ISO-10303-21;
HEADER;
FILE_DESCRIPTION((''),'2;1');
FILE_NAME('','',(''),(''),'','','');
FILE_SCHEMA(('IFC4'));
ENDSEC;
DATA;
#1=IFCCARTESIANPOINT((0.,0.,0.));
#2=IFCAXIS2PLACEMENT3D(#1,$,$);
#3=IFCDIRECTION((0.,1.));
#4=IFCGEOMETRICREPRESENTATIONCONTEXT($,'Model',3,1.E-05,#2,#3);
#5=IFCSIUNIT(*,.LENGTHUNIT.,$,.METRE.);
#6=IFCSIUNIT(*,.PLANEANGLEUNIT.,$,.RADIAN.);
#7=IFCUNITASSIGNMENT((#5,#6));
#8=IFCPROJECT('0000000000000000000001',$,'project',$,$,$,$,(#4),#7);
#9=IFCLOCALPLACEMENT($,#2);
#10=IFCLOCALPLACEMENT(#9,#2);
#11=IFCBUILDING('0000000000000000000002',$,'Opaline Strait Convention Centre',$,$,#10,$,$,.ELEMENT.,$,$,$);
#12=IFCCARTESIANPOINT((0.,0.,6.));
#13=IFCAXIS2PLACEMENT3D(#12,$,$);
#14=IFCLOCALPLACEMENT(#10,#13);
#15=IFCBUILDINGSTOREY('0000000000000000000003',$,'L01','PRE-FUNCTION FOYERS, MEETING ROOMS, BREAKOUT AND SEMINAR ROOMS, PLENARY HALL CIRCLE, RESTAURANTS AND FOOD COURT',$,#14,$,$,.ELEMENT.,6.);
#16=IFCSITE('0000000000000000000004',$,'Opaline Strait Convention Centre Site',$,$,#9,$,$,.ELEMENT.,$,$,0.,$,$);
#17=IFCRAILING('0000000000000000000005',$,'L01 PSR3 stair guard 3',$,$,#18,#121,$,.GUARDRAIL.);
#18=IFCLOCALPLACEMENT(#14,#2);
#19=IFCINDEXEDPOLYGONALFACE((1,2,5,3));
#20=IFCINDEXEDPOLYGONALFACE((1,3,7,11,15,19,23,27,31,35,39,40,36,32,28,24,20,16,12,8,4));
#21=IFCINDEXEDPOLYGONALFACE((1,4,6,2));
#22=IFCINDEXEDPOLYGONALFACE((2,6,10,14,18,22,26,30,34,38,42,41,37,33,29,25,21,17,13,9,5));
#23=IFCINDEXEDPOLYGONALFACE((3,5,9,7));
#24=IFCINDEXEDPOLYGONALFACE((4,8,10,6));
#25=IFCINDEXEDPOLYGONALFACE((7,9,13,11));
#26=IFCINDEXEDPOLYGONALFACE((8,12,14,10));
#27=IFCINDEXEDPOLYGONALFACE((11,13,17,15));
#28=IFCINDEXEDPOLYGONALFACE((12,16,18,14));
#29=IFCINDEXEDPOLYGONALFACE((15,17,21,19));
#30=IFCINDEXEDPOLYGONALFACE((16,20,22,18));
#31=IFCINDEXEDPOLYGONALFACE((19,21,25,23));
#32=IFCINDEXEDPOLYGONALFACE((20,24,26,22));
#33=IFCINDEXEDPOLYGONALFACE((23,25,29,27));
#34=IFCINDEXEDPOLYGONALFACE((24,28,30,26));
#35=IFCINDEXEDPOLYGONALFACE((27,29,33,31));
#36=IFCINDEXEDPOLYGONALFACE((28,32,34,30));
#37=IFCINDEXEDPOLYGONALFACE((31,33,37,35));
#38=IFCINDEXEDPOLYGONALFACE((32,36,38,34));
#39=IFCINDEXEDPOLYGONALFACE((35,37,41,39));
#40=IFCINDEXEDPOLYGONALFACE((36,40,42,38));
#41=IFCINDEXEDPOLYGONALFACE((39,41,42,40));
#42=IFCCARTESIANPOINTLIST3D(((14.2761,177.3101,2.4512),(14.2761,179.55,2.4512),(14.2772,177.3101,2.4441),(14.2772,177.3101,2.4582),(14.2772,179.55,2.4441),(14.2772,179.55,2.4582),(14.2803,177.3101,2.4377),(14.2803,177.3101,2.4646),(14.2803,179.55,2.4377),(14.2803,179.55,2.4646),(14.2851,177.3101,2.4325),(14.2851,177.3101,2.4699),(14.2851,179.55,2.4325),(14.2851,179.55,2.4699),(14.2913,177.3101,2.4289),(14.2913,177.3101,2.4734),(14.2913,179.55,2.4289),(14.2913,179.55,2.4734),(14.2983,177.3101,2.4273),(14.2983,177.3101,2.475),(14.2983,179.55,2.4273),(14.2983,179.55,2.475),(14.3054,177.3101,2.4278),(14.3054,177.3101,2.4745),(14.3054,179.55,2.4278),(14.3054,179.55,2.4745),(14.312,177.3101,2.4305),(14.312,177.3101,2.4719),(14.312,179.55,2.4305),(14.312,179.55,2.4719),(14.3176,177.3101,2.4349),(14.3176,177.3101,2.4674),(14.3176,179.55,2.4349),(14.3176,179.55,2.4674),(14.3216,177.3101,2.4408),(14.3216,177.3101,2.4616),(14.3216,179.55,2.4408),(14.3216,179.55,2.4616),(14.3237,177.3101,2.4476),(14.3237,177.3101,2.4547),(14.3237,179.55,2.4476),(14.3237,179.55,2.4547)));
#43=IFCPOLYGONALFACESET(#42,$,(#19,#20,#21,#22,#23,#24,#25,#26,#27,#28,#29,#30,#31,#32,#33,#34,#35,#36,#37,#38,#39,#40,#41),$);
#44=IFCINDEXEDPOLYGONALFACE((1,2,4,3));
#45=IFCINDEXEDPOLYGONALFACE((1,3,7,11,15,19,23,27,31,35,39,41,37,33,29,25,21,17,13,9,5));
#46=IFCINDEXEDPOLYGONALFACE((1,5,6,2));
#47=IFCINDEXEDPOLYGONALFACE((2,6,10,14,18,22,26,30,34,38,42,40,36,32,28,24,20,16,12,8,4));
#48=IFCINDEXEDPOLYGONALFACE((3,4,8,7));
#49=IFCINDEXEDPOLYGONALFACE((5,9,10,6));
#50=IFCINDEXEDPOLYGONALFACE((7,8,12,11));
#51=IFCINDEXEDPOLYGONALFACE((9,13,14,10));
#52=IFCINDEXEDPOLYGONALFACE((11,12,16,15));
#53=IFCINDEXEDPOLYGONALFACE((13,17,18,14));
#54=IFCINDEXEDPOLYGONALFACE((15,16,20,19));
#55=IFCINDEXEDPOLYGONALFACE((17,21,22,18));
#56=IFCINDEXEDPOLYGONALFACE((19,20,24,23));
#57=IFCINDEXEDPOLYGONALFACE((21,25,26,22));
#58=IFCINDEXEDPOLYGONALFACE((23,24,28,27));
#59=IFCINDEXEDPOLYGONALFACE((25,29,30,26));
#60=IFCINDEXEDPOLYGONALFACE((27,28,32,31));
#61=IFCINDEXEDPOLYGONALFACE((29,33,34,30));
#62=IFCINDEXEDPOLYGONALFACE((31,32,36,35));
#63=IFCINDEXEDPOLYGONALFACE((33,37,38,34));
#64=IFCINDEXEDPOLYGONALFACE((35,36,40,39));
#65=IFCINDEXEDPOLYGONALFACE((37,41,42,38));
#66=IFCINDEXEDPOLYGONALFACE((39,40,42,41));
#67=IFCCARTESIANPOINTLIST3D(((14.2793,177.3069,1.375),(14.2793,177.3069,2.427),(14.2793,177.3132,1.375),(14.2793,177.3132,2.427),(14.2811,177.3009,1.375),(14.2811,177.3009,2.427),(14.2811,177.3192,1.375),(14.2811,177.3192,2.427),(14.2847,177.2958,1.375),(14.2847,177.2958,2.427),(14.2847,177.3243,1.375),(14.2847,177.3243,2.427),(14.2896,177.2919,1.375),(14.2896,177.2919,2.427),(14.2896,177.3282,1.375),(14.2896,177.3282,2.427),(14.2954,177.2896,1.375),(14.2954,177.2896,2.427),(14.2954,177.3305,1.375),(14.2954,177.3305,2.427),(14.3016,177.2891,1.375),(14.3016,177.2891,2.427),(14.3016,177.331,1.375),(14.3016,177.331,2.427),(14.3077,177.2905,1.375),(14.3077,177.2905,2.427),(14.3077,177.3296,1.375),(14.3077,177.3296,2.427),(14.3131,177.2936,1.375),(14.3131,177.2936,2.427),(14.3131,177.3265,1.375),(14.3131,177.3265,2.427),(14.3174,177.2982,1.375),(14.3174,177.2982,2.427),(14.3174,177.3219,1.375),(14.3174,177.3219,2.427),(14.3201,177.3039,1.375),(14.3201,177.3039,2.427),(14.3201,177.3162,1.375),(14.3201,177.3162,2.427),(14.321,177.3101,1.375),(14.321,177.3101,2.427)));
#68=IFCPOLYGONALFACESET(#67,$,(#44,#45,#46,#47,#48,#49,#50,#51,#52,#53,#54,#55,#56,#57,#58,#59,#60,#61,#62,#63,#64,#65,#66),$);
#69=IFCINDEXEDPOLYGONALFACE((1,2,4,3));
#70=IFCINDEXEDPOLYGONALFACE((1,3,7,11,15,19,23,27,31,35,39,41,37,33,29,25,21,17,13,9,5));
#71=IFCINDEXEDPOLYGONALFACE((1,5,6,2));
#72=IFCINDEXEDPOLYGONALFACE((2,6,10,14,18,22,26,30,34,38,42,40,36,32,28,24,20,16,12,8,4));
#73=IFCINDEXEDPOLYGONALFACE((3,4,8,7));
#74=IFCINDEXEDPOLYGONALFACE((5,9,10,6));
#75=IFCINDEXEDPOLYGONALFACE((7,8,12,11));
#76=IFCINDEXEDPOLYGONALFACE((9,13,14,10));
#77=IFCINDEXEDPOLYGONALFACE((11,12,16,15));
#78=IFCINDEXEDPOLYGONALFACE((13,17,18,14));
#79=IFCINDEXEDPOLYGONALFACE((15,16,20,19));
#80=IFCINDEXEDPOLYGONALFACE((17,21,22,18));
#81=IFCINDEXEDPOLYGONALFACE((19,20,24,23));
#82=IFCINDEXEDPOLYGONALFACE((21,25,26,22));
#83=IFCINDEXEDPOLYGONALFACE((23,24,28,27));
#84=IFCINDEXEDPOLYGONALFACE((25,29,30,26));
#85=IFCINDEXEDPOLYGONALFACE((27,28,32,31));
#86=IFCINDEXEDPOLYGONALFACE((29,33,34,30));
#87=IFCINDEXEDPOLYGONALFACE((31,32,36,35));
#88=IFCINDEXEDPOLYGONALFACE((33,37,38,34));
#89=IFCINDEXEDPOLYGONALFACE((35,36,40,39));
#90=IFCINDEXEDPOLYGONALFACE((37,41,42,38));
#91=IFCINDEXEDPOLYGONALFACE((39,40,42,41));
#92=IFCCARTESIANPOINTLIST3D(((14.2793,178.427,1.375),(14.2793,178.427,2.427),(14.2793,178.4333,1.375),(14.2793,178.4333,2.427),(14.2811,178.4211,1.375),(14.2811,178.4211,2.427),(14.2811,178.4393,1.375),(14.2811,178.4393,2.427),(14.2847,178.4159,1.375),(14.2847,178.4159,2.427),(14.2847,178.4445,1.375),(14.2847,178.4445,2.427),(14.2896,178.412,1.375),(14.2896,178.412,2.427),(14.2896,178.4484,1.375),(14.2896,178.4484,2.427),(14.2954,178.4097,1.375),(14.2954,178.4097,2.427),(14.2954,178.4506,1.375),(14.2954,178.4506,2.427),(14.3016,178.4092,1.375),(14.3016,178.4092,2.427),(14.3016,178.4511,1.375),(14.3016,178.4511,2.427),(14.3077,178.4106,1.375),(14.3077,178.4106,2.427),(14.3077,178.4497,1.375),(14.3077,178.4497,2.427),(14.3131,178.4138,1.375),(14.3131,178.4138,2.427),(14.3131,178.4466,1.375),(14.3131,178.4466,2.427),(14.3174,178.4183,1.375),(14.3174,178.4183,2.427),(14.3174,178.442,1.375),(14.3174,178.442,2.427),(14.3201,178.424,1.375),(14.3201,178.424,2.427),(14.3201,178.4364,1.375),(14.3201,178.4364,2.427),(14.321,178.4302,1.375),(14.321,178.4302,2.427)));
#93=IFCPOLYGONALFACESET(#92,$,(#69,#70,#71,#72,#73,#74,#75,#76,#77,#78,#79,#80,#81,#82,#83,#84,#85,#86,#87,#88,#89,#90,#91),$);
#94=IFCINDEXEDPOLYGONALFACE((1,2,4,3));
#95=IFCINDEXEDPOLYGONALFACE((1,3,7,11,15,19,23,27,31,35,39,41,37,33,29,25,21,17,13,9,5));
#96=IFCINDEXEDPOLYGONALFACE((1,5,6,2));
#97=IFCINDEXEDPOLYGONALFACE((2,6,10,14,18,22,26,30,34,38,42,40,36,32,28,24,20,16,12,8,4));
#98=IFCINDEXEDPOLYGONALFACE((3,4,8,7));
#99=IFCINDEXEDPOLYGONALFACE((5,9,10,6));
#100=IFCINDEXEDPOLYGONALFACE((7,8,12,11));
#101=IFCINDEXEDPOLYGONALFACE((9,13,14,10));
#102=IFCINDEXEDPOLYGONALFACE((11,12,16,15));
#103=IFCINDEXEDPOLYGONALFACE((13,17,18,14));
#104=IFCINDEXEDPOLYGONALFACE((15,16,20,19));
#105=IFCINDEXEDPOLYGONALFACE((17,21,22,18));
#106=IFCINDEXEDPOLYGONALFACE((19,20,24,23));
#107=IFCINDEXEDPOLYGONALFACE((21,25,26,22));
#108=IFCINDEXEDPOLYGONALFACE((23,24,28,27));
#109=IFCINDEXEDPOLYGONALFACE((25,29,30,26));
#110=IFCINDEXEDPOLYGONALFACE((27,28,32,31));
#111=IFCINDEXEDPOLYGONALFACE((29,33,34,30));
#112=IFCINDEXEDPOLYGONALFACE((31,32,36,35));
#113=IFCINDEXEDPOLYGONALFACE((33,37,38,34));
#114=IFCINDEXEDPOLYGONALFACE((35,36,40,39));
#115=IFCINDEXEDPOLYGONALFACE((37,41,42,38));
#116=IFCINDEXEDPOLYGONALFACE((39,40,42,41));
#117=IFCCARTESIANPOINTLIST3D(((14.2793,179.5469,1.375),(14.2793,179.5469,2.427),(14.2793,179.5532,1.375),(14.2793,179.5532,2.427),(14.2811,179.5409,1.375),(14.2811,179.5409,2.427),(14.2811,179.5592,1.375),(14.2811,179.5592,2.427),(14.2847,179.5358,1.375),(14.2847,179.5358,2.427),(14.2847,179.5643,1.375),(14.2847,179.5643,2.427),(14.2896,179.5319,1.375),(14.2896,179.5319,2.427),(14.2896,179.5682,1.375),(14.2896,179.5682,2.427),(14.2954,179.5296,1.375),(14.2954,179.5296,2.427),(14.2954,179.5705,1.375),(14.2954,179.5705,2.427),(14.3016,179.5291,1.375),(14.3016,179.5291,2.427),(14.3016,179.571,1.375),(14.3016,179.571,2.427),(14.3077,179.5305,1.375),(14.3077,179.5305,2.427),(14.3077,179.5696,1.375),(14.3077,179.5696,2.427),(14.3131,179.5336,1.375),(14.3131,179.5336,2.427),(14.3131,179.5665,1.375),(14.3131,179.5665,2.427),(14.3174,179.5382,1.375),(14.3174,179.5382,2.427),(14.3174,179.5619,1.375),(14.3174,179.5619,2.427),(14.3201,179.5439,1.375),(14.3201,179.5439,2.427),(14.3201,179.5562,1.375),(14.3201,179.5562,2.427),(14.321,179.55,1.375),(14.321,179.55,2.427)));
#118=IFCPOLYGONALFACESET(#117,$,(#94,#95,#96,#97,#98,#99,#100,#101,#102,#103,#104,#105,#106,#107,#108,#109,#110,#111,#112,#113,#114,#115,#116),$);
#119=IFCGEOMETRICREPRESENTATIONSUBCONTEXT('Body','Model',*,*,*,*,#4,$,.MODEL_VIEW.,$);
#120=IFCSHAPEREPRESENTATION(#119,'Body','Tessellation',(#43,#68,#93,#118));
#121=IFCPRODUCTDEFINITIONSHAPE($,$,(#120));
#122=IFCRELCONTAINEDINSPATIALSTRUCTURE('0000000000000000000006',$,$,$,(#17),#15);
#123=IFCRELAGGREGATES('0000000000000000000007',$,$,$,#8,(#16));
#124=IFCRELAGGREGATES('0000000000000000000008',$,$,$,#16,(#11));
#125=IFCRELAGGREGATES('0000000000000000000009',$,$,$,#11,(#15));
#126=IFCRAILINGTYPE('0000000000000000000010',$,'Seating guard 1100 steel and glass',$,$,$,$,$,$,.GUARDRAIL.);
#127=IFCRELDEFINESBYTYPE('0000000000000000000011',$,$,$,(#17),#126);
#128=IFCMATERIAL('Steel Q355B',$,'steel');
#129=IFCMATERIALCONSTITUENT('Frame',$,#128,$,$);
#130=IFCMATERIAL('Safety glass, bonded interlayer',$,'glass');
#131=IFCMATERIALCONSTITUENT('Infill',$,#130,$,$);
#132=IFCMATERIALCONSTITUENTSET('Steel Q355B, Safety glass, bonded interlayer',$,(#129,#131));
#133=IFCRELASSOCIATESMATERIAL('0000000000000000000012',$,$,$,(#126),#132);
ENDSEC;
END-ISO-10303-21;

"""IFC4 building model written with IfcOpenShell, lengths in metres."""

from ifc_helpers import new_model, si_unit, direction, frame, origin, origin_2d, place, context, subcontext, project, spatial, circle, extrude, material, constituent, constituent_set, type_object, element, save


model = new_model("IFC4")

# Units and contexts
model_context = context("Model", 3, precision=1e-05, world=origin(), true_north=direction((0.0, 1.0)))
body_context = subcontext(model_context, "Body", "Model", "MODEL_VIEW")
ifc_project = project(units=[si_unit("LENGTHUNIT", "METRE"), si_unit("PLANEANGLEUNIT", "RADIAN")], contexts=[model_context])

# Site, building, storey
site_placement = place(None, origin())
site = spatial("IfcSite", under=ifc_project, at=site_placement, Name="Opaline Strait Convention Centre Site", CompositionType="ELEMENT", RefElevation=0.0)
building_placement = place(site_placement, origin())
building = spatial("IfcBuilding", under=site, at=building_placement, Name="Opaline Strait Convention Centre", CompositionType="ELEMENT")
storey_placement = place(building_placement, frame((0.0, 0.0, 6.0)))
storey = spatial("IfcBuildingStorey", under=building, at=storey_placement, Name="L01", Description="PRE-FUNCTION FOYERS, MEETING ROOMS, BREAKOUT AND SEMINAR ROOMS, PLENARY HALL CIRCLE, RESTAURANTS AND FOOD COURT", CompositionType="ELEMENT", Elevation=6.0)

# Railing
ifc_material_1 = material(Name="Steel Q355B", Category="steel")
ifc_constituent_1 = constituent(ifc_material_1, Name="Frame")
ifc_material_2 = material(Name="Safety glass, bonded interlayer", Category="glass")
ifc_constituent_2 = constituent(ifc_material_2, Name="Infill")
ifc_constituent_set = constituent_set(constituents=[ifc_constituent_1, ifc_constituent_2], Name="Steel Q355B, Safety glass, bonded interlayer")
railing_type = type_object("IfcRailingType", Name="Seating guard 1100 steel and glass", PredefinedType="GUARDRAIL", material=ifc_constituent_set)
railing_1_placement = place(storey_placement, frame((14.3, 177.3101, 1.375)))
element("IfcRailing", 1, at=railing_1_placement, inside=storey, type_object=railing_type, Name="L01 PSR3 stair guard 3", PredefinedType="GUARDRAIL", context=body_context, shape_type="SweptSolid", body=[
    extrude(circle(Radius=0.0239, at=origin_2d()), frame((0.0, 0.0, 1.0762), z_axis=(0.0, 1.0, 0.0), x_axis=(-1.0, 0.0, 0.0)), (0.0, 0.0, 1.0), 2.24),
    extrude(circle(Radius=0.021, at=origin_2d()), origin(), (0.0, 0.0, 1.0), 1.052),
    extrude(circle(Radius=0.021, at=origin_2d()), frame((0.0, 1.1201, 0.0)), (0.0, 0.0, 1.0), 1.052),
    extrude(circle(Radius=0.021, at=origin_2d()), frame((0.0, 2.24, 0.0)), (0.0, 0.0, 1.0), 1.052),
])

save(model, "model.ifc")
